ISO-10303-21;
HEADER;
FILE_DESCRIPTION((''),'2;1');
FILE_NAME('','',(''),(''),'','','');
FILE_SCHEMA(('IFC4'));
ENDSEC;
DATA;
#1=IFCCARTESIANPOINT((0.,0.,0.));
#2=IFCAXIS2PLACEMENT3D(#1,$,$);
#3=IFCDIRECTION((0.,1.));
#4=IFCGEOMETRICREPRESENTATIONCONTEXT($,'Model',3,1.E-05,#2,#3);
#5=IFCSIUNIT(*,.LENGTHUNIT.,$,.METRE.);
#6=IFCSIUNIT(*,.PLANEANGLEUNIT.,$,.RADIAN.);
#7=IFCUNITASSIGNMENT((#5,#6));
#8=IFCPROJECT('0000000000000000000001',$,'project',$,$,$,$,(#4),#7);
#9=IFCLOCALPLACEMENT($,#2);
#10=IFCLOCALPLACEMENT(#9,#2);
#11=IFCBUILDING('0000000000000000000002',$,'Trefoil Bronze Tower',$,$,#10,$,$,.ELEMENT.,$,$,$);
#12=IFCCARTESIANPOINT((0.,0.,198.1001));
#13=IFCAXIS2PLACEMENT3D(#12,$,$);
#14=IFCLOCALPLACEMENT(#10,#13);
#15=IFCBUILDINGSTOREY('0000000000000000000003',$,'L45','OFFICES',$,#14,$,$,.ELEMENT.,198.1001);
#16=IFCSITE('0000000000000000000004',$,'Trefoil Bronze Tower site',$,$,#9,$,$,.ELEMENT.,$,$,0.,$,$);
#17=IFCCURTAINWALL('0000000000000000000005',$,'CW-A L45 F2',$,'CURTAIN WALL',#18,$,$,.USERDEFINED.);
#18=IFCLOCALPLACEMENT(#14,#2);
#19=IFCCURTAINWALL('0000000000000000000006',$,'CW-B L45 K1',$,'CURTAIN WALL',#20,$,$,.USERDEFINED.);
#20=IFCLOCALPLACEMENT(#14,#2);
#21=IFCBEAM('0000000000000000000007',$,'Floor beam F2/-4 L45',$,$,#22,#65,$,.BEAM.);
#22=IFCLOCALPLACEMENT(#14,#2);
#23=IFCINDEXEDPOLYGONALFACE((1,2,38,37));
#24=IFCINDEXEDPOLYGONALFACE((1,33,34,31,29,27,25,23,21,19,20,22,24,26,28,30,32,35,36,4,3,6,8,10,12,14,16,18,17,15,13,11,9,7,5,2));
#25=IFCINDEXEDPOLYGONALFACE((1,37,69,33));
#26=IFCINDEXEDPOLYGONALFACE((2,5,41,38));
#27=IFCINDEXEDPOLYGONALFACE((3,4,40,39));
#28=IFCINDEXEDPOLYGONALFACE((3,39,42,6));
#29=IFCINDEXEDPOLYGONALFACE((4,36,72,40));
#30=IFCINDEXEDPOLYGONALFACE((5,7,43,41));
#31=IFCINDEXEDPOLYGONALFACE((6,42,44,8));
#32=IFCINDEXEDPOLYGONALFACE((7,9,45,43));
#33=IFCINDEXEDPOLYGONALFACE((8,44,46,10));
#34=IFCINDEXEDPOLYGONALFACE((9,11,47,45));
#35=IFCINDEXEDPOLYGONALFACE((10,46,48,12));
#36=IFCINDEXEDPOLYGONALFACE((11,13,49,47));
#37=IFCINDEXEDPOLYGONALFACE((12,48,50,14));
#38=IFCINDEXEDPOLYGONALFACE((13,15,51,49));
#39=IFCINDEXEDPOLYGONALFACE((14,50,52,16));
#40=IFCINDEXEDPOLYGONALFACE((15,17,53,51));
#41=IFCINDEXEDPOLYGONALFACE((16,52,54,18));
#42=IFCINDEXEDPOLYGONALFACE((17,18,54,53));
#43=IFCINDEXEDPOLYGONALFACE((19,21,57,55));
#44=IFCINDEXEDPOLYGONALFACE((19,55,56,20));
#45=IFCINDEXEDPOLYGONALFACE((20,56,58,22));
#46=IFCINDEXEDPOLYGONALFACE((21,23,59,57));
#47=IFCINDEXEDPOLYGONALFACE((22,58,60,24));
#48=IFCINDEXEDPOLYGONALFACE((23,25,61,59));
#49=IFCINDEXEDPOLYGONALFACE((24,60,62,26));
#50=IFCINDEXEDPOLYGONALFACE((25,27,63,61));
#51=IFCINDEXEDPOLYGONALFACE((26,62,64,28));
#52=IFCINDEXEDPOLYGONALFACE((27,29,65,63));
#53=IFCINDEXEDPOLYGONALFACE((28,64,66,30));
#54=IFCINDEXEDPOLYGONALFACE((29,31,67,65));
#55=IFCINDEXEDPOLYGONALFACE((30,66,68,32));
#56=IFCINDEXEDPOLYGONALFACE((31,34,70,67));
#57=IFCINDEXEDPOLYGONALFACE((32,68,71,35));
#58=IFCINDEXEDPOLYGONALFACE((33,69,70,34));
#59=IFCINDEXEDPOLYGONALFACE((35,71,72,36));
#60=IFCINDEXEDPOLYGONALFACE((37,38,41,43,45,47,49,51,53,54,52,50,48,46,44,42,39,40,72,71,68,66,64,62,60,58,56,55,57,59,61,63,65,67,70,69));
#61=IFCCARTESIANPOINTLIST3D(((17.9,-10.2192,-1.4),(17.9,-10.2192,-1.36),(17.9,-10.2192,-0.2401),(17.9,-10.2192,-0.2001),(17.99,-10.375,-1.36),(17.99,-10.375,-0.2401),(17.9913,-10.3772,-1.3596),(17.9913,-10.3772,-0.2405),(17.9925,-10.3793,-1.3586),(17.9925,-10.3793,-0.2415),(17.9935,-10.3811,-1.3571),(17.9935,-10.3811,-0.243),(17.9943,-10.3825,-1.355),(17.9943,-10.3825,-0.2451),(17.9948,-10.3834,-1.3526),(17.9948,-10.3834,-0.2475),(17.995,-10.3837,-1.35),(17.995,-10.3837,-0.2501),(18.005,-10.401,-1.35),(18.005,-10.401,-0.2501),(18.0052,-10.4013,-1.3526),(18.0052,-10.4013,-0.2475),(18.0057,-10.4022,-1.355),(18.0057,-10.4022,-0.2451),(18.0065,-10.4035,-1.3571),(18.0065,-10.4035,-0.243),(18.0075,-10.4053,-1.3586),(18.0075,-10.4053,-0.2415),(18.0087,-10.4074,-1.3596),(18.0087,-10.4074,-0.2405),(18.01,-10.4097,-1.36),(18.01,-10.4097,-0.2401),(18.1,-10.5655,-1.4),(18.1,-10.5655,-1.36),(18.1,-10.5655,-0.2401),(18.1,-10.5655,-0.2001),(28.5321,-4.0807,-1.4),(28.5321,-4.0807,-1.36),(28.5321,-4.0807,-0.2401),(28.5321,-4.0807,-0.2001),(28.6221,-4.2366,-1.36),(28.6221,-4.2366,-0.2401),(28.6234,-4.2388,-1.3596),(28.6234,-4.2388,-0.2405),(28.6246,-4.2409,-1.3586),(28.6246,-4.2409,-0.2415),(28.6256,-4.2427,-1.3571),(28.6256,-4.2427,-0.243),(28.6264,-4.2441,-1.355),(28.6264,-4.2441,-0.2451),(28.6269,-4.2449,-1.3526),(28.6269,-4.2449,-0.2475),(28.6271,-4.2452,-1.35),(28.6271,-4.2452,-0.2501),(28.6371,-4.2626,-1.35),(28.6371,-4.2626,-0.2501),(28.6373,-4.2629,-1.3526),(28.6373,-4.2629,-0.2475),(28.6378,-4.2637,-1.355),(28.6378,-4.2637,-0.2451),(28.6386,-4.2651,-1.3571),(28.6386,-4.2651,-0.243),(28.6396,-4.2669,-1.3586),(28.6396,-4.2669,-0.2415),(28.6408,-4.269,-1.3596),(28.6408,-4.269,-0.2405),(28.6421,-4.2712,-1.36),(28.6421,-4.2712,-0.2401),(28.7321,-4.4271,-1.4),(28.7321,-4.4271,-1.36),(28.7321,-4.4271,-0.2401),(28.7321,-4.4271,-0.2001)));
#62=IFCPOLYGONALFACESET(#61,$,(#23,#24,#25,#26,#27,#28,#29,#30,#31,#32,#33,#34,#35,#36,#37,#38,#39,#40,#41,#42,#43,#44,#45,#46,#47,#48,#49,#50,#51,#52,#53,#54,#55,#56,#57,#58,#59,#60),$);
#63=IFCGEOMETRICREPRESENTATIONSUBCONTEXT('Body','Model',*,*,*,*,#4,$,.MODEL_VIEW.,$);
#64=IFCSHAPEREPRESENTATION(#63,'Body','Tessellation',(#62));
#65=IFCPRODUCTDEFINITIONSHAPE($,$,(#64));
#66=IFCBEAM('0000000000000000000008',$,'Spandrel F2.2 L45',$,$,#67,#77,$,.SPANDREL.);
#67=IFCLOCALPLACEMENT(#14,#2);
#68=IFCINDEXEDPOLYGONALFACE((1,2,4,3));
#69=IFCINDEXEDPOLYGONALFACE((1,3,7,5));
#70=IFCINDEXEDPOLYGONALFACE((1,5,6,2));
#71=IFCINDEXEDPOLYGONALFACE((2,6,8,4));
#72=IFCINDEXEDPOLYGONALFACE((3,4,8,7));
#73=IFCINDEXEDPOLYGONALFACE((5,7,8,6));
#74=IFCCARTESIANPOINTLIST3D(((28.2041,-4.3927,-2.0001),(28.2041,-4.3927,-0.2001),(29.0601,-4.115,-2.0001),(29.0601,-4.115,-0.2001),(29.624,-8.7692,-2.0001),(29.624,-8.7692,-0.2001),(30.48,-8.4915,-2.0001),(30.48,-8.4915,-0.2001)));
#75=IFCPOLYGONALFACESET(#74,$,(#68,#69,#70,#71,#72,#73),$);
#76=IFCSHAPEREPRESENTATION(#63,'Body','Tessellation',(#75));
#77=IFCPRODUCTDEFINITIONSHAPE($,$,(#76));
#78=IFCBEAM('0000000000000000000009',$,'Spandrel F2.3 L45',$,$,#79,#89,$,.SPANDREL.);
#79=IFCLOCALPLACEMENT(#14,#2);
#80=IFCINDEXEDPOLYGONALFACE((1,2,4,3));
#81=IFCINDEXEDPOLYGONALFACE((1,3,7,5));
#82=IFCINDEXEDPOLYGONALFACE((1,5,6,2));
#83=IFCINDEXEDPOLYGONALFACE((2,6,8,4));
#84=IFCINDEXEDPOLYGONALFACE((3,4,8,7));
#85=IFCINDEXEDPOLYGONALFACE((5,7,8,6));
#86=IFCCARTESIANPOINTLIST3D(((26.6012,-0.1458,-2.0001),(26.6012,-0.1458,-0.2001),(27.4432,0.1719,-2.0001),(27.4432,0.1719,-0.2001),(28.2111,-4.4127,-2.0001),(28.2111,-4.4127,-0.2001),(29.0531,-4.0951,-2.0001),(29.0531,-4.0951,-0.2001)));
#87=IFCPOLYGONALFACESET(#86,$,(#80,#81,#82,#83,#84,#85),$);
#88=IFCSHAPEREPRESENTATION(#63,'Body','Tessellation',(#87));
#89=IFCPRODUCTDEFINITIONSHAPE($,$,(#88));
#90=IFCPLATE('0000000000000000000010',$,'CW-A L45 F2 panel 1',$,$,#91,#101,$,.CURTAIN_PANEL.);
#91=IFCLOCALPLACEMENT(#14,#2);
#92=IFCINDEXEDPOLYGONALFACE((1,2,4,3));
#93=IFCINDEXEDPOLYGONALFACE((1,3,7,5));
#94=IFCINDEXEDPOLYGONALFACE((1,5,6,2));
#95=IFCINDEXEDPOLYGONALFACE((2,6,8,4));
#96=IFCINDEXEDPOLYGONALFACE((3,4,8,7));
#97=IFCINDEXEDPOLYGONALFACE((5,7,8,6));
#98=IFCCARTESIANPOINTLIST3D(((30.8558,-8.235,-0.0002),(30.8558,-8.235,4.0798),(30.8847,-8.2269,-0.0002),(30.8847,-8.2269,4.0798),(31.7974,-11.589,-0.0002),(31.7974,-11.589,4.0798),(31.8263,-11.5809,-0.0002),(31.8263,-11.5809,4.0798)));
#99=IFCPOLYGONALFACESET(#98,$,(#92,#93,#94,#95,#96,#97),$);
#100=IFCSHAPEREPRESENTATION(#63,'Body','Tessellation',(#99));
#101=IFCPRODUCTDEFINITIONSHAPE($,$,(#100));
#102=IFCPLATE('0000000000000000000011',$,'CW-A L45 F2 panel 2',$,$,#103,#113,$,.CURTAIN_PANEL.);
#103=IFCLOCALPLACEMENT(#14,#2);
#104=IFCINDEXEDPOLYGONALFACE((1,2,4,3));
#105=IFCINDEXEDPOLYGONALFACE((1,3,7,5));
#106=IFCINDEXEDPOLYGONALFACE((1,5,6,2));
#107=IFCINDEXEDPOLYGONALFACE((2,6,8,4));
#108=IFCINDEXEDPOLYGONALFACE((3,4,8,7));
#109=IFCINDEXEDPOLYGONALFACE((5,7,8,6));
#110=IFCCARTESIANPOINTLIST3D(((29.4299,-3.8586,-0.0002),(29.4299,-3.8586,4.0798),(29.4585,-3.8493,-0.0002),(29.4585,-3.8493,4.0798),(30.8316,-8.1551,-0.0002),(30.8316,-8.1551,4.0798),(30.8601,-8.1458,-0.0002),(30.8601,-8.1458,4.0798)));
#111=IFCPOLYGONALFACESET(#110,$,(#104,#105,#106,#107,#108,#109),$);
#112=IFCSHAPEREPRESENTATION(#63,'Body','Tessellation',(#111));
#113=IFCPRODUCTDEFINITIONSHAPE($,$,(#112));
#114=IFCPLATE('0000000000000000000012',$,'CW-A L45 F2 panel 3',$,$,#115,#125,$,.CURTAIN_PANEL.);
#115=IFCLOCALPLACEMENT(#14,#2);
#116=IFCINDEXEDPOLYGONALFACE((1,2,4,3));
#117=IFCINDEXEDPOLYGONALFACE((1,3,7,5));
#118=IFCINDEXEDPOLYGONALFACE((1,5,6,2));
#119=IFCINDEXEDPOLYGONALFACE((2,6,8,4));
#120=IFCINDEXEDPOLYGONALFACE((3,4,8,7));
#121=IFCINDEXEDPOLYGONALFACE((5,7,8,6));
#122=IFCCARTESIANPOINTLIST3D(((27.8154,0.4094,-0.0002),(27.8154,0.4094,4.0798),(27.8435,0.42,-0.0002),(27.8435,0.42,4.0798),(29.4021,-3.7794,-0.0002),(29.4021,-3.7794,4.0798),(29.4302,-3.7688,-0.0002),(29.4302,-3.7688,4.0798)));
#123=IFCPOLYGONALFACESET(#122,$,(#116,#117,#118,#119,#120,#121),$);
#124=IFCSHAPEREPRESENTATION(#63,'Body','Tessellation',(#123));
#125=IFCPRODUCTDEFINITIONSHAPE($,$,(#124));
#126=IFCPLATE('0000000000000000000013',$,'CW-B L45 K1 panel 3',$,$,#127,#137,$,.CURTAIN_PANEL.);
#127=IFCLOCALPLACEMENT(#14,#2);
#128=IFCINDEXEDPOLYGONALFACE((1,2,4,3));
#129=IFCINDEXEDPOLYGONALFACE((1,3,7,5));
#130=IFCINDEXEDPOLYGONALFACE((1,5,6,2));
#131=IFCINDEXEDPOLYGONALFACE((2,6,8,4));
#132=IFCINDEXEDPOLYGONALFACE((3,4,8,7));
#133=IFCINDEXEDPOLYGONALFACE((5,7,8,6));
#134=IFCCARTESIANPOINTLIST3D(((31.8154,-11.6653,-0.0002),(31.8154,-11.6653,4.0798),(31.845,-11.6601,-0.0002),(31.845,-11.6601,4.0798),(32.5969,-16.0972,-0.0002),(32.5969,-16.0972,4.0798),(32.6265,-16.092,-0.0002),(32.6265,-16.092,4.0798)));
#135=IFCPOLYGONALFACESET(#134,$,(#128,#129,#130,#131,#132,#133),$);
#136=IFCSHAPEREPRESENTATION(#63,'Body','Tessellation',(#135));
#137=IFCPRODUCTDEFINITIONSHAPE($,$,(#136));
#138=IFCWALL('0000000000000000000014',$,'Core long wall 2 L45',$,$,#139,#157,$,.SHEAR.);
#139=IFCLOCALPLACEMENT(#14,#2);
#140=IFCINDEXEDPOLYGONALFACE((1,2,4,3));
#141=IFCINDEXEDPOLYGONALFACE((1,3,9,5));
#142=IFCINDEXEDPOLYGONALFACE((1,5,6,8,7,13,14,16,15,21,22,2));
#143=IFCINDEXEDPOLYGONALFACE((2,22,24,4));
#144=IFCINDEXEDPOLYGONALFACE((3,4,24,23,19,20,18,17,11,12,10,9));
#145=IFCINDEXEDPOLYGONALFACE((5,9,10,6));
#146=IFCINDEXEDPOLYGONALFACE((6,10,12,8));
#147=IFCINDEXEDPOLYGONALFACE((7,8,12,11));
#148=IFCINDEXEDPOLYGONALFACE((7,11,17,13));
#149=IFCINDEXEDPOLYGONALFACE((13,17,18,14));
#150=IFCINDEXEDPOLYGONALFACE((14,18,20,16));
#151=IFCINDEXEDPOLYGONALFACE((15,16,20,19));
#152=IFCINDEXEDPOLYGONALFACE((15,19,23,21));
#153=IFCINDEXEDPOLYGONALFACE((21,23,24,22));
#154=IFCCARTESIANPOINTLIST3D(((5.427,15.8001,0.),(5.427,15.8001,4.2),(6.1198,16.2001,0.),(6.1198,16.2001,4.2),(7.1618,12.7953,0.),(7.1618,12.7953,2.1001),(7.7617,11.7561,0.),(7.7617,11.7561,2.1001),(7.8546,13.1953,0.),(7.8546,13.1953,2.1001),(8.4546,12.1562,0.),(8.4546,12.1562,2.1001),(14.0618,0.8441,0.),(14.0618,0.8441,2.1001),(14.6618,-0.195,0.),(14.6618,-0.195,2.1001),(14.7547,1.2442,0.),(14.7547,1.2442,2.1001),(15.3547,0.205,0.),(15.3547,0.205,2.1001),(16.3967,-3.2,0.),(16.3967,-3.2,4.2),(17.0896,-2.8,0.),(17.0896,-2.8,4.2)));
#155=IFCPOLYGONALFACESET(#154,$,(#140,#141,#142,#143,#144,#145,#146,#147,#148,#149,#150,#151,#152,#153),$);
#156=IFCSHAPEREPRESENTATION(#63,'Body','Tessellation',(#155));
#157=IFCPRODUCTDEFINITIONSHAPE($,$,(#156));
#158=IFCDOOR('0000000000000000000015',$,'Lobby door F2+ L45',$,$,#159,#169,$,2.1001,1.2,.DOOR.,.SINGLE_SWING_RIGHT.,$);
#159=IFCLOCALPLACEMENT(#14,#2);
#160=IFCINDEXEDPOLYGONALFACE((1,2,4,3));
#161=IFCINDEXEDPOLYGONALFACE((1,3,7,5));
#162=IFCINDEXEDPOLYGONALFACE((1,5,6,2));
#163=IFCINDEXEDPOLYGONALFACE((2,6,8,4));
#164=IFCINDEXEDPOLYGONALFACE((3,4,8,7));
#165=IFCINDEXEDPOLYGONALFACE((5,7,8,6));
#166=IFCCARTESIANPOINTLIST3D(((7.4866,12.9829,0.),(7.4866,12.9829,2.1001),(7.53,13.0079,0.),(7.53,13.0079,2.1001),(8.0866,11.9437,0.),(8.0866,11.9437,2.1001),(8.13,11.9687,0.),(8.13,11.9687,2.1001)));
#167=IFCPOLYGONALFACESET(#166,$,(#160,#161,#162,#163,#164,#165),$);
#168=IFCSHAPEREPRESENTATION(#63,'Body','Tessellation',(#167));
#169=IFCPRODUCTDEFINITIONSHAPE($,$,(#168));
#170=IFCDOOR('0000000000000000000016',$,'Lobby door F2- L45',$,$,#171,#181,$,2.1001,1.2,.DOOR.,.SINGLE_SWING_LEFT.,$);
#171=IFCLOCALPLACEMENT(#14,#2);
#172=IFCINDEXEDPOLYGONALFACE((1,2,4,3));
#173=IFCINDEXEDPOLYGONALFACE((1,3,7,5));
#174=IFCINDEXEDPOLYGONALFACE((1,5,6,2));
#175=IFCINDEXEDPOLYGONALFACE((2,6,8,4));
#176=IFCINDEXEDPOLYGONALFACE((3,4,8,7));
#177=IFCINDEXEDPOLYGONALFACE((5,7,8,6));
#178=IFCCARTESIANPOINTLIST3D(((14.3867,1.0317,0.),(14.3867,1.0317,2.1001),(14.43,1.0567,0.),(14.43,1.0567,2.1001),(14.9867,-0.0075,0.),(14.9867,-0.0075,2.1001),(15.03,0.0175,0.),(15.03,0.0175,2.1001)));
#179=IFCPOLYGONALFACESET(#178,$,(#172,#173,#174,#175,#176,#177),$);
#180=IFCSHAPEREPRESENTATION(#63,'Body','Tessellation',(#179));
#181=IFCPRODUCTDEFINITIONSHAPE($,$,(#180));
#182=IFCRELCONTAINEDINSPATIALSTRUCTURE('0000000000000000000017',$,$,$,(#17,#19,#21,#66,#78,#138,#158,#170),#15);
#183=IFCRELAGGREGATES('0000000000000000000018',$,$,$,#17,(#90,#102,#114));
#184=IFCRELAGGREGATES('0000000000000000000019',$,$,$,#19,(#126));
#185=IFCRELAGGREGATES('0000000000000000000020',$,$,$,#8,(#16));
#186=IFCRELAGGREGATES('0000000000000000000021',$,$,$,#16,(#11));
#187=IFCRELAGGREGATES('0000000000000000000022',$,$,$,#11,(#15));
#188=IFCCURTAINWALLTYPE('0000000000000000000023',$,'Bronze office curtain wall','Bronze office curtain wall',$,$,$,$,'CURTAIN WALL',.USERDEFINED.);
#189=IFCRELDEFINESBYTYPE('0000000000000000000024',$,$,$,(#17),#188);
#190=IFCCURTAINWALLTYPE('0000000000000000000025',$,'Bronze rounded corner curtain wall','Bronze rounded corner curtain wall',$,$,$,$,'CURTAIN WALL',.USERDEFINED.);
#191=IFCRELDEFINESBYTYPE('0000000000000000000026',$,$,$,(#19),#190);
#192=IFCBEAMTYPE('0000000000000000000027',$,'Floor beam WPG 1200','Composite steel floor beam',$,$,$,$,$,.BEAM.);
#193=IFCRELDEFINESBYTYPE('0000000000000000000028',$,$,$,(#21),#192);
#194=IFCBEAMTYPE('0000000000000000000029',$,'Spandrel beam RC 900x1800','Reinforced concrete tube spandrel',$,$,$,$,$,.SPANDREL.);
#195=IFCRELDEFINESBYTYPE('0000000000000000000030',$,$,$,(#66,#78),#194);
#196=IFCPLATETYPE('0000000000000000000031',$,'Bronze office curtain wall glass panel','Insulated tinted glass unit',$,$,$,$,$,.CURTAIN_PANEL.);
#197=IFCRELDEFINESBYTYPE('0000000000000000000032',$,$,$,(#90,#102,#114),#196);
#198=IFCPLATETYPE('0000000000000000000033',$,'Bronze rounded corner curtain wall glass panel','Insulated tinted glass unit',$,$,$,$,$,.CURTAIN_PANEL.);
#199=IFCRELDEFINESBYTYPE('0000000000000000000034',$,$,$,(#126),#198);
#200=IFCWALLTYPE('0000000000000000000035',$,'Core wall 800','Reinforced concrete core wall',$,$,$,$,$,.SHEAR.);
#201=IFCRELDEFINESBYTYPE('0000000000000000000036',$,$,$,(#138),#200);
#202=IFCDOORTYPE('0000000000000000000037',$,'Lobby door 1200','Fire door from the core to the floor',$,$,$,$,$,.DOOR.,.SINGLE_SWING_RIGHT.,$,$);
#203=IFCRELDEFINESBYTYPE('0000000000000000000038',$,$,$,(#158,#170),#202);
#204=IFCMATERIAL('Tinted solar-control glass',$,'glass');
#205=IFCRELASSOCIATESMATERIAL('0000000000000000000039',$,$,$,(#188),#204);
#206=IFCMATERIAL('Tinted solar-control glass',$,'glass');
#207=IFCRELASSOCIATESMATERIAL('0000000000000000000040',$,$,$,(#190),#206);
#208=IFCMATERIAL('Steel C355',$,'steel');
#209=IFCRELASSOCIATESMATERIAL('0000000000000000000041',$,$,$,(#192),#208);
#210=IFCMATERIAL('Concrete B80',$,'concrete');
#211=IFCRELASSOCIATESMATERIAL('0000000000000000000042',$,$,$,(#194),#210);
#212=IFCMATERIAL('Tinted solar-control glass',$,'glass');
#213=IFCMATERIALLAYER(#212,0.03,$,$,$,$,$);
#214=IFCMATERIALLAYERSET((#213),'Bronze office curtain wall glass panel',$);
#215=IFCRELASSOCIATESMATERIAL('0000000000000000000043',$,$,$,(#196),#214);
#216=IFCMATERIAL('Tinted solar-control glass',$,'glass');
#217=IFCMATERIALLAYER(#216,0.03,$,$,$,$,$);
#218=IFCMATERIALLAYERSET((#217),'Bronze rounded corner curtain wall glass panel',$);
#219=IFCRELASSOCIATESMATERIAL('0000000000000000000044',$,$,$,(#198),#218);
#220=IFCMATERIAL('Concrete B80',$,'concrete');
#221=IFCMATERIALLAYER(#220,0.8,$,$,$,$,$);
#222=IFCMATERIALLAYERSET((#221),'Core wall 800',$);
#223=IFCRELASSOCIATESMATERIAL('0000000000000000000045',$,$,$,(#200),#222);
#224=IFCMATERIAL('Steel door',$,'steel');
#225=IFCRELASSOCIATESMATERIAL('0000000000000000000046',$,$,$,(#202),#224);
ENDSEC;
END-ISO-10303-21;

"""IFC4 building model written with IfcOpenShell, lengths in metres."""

from ifc_helpers import new_model, si_unit, direction, frame, frame_2d, origin, origin_2d, place, context, subcontext, project, spatial, rectangle, i_section, extrude, material, layer, layer_set, material_profile, profile_set, type_object, element, fill, aggregate, save


model = new_model("IFC4")

# Units and contexts
model_context = context("Model", 3, precision=1e-05, world=origin(), true_north=direction((0.0, 1.0)))
body_context = subcontext(model_context, "Body", "Model", "MODEL_VIEW")
ifc_project = project(units=[si_unit("LENGTHUNIT", "METRE"), si_unit("PLANEANGLEUNIT", "RADIAN")], contexts=[model_context])

# Site, building, storey
site_placement = place(None, origin())
site = spatial("IfcSite", under=ifc_project, at=site_placement, Name="Trefoil Bronze Tower site", CompositionType="ELEMENT", RefElevation=0.0)
building_placement = place(site_placement, origin())
building = spatial("IfcBuilding", under=site, at=building_placement, Name="Trefoil Bronze Tower", CompositionType="ELEMENT")
storey_placement = place(building_placement, frame((0.0, 0.0, 198.1001)))
storey = spatial("IfcBuildingStorey", under=building, at=storey_placement, Name="L45", Description="OFFICES", CompositionType="ELEMENT", Elevation=198.1001)

# Curtain walls
ifc_material_1 = material(Name="Tinted solar-control glass", Category="glass")
curtain_wall_type_1 = type_object("IfcCurtainWallType", Name="Bronze office curtain wall", Description="Bronze office curtain wall", ElementType="CURTAIN WALL", PredefinedType="USERDEFINED", material=ifc_material_1)
curtain_wall_1_placement = place(storey_placement, origin())
curtain_wall_1 = element("IfcCurtainWall", 1, at=curtain_wall_1_placement, inside=storey, type_object=curtain_wall_type_1, Name="CW-A L45 F2", ObjectType="CURTAIN WALL", PredefinedType="USERDEFINED")
ifc_material_2 = material(Name="Tinted solar-control glass", Category="glass")
curtain_wall_type_2 = type_object("IfcCurtainWallType", Name="Bronze rounded corner curtain wall", Description="Bronze rounded corner curtain wall", ElementType="CURTAIN WALL", PredefinedType="USERDEFINED", material=ifc_material_2)
curtain_wall_2_placement = place(storey_placement, origin())
curtain_wall_2 = element("IfcCurtainWall", 2, at=curtain_wall_2_placement, inside=storey, type_object=curtain_wall_type_2, Name="CW-B L45 K1", ObjectType="CURTAIN WALL", PredefinedType="USERDEFINED")

# Beams
ifc_material_3 = material(Name="Steel C355", Category="steel")
ifc_material_profile_1 = material_profile(ifc_material_3, i_section(OverallWidth=0.3999, OverallDepth=1.2, WebThickness=0.02, FlangeThickness=0.04, FilletRadius=0.01, at=origin_2d()), Name="WPG 1200")
ifc_profile_set_1 = profile_set([ifc_material_profile_1], Name="Steel C355")
beam_type_1 = type_object("IfcBeamType", Name="Floor beam WPG 1200", Description="Composite steel floor beam", PredefinedType="BEAM", material=ifc_profile_set_1)
beam_1_placement = place(storey_placement, frame((28.6321, -4.2539, -0.8), z_axis=(-0.866026, -0.5, 0.0), x_axis=(0.5, -0.866026, 0.0)))
element("IfcBeam", 3, at=beam_1_placement, inside=storey, type_object=beam_type_1, Name="Floor beam F2/-4 L45", PredefinedType="BEAM", context=body_context, shape_type="SweptSolid", body=[
    extrude(i_section(OverallWidth=0.3999, OverallDepth=1.2, WebThickness=0.02, FlangeThickness=0.04, FilletRadius=0.01, at=origin_2d()), origin(), (0.0, 0.0, 1.0), 12.2769),
])
ifc_material_4 = material(Name="Concrete B80", Category="concrete")
ifc_material_profile_2 = material_profile(ifc_material_4, rectangle(XDim=0.8999, YDim=1.8, at=origin_2d()), Name="RC 900x1800")
ifc_profile_set_2 = profile_set([ifc_material_profile_2], Name="Concrete B80")
beam_type_2 = type_object("IfcBeamType", Name="Spandrel beam RC 900x1800", Description="Reinforced concrete tube spandrel", PredefinedType="SPANDREL", material=ifc_profile_set_2)
beam_2_placement = place(storey_placement, frame((30.052, -8.6304, -1.1001), z_axis=(-0.308609, 0.951189, 0.0), x_axis=(-0.951189, -0.308609, 0.0)))
element("IfcBeam", 4, at=beam_2_placement, inside=storey, type_object=beam_type_2, Name="Spandrel F2.2 L45", PredefinedType="SPANDREL", context=body_context, shape_type="SweptSolid", body=[
    extrude(rectangle(XDim=0.8999, YDim=1.8, at=origin_2d()), origin(), (0.0, 0.0, 1.0), 4.6011),
])
beam_3_placement = place(storey_placement, frame((28.6321, -4.2539, -1.1001), z_axis=(-0.353006, 0.935621, 0.0), x_axis=(-0.935621, -0.353006, 0.0)))
element("IfcBeam", 5, at=beam_3_placement, inside=storey, type_object=beam_type_2, Name="Spandrel F2.3 L45", PredefinedType="SPANDREL", context=body_context, shape_type="SweptSolid", body=[
    extrude(rectangle(XDim=0.8999, YDim=1.8, at=origin_2d()), origin(), (0.0, 0.0, 1.0), 4.5605),
])

# Plates
ifc_material_5 = material(Name="Tinted solar-control glass", Category="glass")
ifc_layer_1 = layer(ifc_material_5, 0.03)
ifc_layer_set_1 = layer_set([ifc_layer_1], Name="Bronze office curtain wall glass panel")
plate_type_1 = type_object("IfcPlateType", Name="Bronze office curtain wall glass panel", Description="Insulated tinted glass unit", PredefinedType="CURTAIN_PANEL", material=ifc_layer_set_1)
plate_1_placement = place(storey_placement, frame((31.3411, -9.908, -0.0002), z_axis=(0.0, 0.0, 1.0), x_axis=(-0.270282, 0.962781, 0.0)))
plate_1 = element("IfcPlate", 6, at=plate_1_placement, type_object=plate_type_1, Name="CW-A L45 F2 panel 1", PredefinedType="CURTAIN_PANEL", context=body_context, shape_type="SweptSolid", body=[
    extrude(rectangle(XDim=3.4836, YDim=0.03, at=origin_2d()), origin(), (0.0, 0.0, 1.0), 4.0801),
])
plate_2_placement = place(storey_placement, frame((30.145, -6.0022, -0.0002), z_axis=(0.0, 0.0, 1.0), x_axis=(-0.310149, 0.950688, 0.0)))
plate_2 = element("IfcPlate", 7, at=plate_2_placement, type_object=plate_type_1, Name="CW-A L45 F2 panel 2", PredefinedType="CURTAIN_PANEL", context=body_context, shape_type="SweptSolid", body=[
    extrude(rectangle(XDim=4.5193, YDim=0.03, at=origin_2d()), origin(), (0.0, 0.0, 1.0), 4.0801),
])
plate_3_placement = place(storey_placement, frame((28.6228, -1.6797, -0.0002), z_axis=(0.0, 0.0, 1.0), x_axis=(-0.354234, 0.935157, 0.0)))
plate_3 = element("IfcPlate", 8, at=plate_3_placement, type_object=plate_type_1, Name="CW-A L45 F2 panel 3", PredefinedType="CURTAIN_PANEL", context=body_context, shape_type="SweptSolid", body=[
    extrude(rectangle(XDim=4.4792, YDim=0.03, at=origin_2d()), origin(), (0.0, 0.0, 1.0), 4.0801),
])
aggregate(curtain_wall_1, [plate_1, plate_2, plate_3])
ifc_material_6 = material(Name="Tinted solar-control glass", Category="glass")
ifc_layer_2 = layer(ifc_material_6, 0.03)
ifc_layer_set_2 = layer_set([ifc_layer_2], Name="Bronze rounded corner curtain wall glass panel")
plate_type_2 = type_object("IfcPlateType", Name="Bronze rounded corner curtain wall glass panel", Description="Insulated tinted glass unit", PredefinedType="CURTAIN_PANEL", material=ifc_layer_set_2)
plate_4_placement = place(storey_placement, frame((32.2209, -13.8787, -0.0002), z_axis=(0.0, 0.0, 1.0), x_axis=(-0.173648, 0.984808, 0.0)))
plate_4 = element("IfcPlate", 9, at=plate_4_placement, type_object=plate_type_2, Name="CW-B L45 K1 panel 3", PredefinedType="CURTAIN_PANEL", context=body_context, shape_type="SweptSolid", body=[
    extrude(rectangle(XDim=4.5002, YDim=0.03, at=origin_2d()), origin(), (0.0, 0.0, 1.0), 4.0801),
])
aggregate(curtain_wall_2, [plate_4])

# Wall, openings, doors
ifc_material_7 = material(Name="Concrete B80", Category="concrete")
ifc_layer_3 = layer(ifc_material_7, 0.8)
ifc_layer_set_3 = layer_set([ifc_layer_3], Name="Core wall 800")
wall_type_1 = type_object("IfcWallType", Name="Core wall 800", Description="Reinforced concrete core wall", PredefinedType="SHEAR", material=ifc_layer_set_3)
wall_1_placement = place(storey_placement, frame((16.7432, -3.0, 0.0), z_axis=(0.0, 0.0, 1.0), x_axis=(-0.500002, 0.866024, 0.0)))
wall_1 = element("IfcWall", 10, at=wall_1_placement, inside=storey, type_object=wall_type_1, Name="Core long wall 2 L45", PredefinedType="SHEAR", context=body_context, shape_type="SweptSolid", body=[
    extrude(rectangle(XDim=21.9395, YDim=0.8, at=frame_2d((10.9697, 0.0))), origin(), (0.0, 0.0, 1.0), 4.2),
])
opening_1_placement = place(wall_1_placement, frame((17.2698, 0.0, 0.0)))
opening_1 = element("IfcOpeningElement", 11, at=opening_1_placement, cuts=wall_1, PredefinedType="OPENING", context=body_context, shape_type="SweptSolid", body=[
    extrude(rectangle(XDim=1.2, YDim=2.1001, at=frame_2d((0.6001, 1.05))), frame((0.0, 0.4099, 0.0), z_axis=(0.0, -1.0, 0.0), x_axis=(1.0, 0.0, 0.0)), (0.0, 0.0, 1.0), 0.8201),
])
opening_2_placement = place(wall_1_placement, frame((3.4697, 0.0, 0.0)))
opening_2 = element("IfcOpeningElement", 12, at=opening_2_placement, cuts=wall_1, PredefinedType="OPENING", context=body_context, shape_type="SweptSolid", body=[
    extrude(rectangle(XDim=1.2, YDim=2.1001, at=frame_2d((0.6001, 1.05))), frame((0.0, 0.4099, 0.0), z_axis=(0.0, -1.0, 0.0), x_axis=(1.0, 0.0, 0.0)), (0.0, 0.0, 1.0), 0.8201),
])
ifc_material_8 = material(Name="Steel door", Category="steel")
door_type_1 = type_object("IfcDoorType", Name="Lobby door 1200", Description="Fire door from the core to the floor", OperationType="SINGLE_SWING_RIGHT", PredefinedType="DOOR", material=ifc_material_8)
door_1_placement = place(opening_1_placement, origin())
door_1 = element("IfcDoor", 13, at=door_1_placement, inside=storey, type_object=door_type_1, Name="Lobby door F2+ L45", OperationType="SINGLE_SWING_RIGHT", OverallHeight=2.1001, OverallWidth=1.2, PredefinedType="DOOR", context=body_context, shape_type="SweptSolid", body=[
    extrude(rectangle(XDim=1.2, YDim=2.1001, at=frame_2d((0.6001, 1.05))), frame((0.0, 0.0249, 0.0), z_axis=(0.0, -1.0, 0.0), x_axis=(1.0, 0.0, 0.0)), (0.0, 0.0, 1.0), 0.05),
])
fill(opening_1, door_1)
door_2_placement = place(opening_2_placement, origin())
door_2 = element("IfcDoor", 14, at=door_2_placement, inside=storey, type_object=door_type_1, Name="Lobby door F2- L45", OperationType="SINGLE_SWING_LEFT", OverallHeight=2.1001, OverallWidth=1.2, PredefinedType="DOOR", context=body_context, shape_type="SweptSolid", body=[
    extrude(rectangle(XDim=1.2, YDim=2.1001, at=frame_2d((0.6001, 1.05))), frame((0.0, 0.0249, 0.0), z_axis=(0.0, -1.0, 0.0), x_axis=(1.0, 0.0, 0.0)), (0.0, 0.0, 1.0), 0.05),
])
fill(opening_2, door_2)

save(model, "model.ifc")
